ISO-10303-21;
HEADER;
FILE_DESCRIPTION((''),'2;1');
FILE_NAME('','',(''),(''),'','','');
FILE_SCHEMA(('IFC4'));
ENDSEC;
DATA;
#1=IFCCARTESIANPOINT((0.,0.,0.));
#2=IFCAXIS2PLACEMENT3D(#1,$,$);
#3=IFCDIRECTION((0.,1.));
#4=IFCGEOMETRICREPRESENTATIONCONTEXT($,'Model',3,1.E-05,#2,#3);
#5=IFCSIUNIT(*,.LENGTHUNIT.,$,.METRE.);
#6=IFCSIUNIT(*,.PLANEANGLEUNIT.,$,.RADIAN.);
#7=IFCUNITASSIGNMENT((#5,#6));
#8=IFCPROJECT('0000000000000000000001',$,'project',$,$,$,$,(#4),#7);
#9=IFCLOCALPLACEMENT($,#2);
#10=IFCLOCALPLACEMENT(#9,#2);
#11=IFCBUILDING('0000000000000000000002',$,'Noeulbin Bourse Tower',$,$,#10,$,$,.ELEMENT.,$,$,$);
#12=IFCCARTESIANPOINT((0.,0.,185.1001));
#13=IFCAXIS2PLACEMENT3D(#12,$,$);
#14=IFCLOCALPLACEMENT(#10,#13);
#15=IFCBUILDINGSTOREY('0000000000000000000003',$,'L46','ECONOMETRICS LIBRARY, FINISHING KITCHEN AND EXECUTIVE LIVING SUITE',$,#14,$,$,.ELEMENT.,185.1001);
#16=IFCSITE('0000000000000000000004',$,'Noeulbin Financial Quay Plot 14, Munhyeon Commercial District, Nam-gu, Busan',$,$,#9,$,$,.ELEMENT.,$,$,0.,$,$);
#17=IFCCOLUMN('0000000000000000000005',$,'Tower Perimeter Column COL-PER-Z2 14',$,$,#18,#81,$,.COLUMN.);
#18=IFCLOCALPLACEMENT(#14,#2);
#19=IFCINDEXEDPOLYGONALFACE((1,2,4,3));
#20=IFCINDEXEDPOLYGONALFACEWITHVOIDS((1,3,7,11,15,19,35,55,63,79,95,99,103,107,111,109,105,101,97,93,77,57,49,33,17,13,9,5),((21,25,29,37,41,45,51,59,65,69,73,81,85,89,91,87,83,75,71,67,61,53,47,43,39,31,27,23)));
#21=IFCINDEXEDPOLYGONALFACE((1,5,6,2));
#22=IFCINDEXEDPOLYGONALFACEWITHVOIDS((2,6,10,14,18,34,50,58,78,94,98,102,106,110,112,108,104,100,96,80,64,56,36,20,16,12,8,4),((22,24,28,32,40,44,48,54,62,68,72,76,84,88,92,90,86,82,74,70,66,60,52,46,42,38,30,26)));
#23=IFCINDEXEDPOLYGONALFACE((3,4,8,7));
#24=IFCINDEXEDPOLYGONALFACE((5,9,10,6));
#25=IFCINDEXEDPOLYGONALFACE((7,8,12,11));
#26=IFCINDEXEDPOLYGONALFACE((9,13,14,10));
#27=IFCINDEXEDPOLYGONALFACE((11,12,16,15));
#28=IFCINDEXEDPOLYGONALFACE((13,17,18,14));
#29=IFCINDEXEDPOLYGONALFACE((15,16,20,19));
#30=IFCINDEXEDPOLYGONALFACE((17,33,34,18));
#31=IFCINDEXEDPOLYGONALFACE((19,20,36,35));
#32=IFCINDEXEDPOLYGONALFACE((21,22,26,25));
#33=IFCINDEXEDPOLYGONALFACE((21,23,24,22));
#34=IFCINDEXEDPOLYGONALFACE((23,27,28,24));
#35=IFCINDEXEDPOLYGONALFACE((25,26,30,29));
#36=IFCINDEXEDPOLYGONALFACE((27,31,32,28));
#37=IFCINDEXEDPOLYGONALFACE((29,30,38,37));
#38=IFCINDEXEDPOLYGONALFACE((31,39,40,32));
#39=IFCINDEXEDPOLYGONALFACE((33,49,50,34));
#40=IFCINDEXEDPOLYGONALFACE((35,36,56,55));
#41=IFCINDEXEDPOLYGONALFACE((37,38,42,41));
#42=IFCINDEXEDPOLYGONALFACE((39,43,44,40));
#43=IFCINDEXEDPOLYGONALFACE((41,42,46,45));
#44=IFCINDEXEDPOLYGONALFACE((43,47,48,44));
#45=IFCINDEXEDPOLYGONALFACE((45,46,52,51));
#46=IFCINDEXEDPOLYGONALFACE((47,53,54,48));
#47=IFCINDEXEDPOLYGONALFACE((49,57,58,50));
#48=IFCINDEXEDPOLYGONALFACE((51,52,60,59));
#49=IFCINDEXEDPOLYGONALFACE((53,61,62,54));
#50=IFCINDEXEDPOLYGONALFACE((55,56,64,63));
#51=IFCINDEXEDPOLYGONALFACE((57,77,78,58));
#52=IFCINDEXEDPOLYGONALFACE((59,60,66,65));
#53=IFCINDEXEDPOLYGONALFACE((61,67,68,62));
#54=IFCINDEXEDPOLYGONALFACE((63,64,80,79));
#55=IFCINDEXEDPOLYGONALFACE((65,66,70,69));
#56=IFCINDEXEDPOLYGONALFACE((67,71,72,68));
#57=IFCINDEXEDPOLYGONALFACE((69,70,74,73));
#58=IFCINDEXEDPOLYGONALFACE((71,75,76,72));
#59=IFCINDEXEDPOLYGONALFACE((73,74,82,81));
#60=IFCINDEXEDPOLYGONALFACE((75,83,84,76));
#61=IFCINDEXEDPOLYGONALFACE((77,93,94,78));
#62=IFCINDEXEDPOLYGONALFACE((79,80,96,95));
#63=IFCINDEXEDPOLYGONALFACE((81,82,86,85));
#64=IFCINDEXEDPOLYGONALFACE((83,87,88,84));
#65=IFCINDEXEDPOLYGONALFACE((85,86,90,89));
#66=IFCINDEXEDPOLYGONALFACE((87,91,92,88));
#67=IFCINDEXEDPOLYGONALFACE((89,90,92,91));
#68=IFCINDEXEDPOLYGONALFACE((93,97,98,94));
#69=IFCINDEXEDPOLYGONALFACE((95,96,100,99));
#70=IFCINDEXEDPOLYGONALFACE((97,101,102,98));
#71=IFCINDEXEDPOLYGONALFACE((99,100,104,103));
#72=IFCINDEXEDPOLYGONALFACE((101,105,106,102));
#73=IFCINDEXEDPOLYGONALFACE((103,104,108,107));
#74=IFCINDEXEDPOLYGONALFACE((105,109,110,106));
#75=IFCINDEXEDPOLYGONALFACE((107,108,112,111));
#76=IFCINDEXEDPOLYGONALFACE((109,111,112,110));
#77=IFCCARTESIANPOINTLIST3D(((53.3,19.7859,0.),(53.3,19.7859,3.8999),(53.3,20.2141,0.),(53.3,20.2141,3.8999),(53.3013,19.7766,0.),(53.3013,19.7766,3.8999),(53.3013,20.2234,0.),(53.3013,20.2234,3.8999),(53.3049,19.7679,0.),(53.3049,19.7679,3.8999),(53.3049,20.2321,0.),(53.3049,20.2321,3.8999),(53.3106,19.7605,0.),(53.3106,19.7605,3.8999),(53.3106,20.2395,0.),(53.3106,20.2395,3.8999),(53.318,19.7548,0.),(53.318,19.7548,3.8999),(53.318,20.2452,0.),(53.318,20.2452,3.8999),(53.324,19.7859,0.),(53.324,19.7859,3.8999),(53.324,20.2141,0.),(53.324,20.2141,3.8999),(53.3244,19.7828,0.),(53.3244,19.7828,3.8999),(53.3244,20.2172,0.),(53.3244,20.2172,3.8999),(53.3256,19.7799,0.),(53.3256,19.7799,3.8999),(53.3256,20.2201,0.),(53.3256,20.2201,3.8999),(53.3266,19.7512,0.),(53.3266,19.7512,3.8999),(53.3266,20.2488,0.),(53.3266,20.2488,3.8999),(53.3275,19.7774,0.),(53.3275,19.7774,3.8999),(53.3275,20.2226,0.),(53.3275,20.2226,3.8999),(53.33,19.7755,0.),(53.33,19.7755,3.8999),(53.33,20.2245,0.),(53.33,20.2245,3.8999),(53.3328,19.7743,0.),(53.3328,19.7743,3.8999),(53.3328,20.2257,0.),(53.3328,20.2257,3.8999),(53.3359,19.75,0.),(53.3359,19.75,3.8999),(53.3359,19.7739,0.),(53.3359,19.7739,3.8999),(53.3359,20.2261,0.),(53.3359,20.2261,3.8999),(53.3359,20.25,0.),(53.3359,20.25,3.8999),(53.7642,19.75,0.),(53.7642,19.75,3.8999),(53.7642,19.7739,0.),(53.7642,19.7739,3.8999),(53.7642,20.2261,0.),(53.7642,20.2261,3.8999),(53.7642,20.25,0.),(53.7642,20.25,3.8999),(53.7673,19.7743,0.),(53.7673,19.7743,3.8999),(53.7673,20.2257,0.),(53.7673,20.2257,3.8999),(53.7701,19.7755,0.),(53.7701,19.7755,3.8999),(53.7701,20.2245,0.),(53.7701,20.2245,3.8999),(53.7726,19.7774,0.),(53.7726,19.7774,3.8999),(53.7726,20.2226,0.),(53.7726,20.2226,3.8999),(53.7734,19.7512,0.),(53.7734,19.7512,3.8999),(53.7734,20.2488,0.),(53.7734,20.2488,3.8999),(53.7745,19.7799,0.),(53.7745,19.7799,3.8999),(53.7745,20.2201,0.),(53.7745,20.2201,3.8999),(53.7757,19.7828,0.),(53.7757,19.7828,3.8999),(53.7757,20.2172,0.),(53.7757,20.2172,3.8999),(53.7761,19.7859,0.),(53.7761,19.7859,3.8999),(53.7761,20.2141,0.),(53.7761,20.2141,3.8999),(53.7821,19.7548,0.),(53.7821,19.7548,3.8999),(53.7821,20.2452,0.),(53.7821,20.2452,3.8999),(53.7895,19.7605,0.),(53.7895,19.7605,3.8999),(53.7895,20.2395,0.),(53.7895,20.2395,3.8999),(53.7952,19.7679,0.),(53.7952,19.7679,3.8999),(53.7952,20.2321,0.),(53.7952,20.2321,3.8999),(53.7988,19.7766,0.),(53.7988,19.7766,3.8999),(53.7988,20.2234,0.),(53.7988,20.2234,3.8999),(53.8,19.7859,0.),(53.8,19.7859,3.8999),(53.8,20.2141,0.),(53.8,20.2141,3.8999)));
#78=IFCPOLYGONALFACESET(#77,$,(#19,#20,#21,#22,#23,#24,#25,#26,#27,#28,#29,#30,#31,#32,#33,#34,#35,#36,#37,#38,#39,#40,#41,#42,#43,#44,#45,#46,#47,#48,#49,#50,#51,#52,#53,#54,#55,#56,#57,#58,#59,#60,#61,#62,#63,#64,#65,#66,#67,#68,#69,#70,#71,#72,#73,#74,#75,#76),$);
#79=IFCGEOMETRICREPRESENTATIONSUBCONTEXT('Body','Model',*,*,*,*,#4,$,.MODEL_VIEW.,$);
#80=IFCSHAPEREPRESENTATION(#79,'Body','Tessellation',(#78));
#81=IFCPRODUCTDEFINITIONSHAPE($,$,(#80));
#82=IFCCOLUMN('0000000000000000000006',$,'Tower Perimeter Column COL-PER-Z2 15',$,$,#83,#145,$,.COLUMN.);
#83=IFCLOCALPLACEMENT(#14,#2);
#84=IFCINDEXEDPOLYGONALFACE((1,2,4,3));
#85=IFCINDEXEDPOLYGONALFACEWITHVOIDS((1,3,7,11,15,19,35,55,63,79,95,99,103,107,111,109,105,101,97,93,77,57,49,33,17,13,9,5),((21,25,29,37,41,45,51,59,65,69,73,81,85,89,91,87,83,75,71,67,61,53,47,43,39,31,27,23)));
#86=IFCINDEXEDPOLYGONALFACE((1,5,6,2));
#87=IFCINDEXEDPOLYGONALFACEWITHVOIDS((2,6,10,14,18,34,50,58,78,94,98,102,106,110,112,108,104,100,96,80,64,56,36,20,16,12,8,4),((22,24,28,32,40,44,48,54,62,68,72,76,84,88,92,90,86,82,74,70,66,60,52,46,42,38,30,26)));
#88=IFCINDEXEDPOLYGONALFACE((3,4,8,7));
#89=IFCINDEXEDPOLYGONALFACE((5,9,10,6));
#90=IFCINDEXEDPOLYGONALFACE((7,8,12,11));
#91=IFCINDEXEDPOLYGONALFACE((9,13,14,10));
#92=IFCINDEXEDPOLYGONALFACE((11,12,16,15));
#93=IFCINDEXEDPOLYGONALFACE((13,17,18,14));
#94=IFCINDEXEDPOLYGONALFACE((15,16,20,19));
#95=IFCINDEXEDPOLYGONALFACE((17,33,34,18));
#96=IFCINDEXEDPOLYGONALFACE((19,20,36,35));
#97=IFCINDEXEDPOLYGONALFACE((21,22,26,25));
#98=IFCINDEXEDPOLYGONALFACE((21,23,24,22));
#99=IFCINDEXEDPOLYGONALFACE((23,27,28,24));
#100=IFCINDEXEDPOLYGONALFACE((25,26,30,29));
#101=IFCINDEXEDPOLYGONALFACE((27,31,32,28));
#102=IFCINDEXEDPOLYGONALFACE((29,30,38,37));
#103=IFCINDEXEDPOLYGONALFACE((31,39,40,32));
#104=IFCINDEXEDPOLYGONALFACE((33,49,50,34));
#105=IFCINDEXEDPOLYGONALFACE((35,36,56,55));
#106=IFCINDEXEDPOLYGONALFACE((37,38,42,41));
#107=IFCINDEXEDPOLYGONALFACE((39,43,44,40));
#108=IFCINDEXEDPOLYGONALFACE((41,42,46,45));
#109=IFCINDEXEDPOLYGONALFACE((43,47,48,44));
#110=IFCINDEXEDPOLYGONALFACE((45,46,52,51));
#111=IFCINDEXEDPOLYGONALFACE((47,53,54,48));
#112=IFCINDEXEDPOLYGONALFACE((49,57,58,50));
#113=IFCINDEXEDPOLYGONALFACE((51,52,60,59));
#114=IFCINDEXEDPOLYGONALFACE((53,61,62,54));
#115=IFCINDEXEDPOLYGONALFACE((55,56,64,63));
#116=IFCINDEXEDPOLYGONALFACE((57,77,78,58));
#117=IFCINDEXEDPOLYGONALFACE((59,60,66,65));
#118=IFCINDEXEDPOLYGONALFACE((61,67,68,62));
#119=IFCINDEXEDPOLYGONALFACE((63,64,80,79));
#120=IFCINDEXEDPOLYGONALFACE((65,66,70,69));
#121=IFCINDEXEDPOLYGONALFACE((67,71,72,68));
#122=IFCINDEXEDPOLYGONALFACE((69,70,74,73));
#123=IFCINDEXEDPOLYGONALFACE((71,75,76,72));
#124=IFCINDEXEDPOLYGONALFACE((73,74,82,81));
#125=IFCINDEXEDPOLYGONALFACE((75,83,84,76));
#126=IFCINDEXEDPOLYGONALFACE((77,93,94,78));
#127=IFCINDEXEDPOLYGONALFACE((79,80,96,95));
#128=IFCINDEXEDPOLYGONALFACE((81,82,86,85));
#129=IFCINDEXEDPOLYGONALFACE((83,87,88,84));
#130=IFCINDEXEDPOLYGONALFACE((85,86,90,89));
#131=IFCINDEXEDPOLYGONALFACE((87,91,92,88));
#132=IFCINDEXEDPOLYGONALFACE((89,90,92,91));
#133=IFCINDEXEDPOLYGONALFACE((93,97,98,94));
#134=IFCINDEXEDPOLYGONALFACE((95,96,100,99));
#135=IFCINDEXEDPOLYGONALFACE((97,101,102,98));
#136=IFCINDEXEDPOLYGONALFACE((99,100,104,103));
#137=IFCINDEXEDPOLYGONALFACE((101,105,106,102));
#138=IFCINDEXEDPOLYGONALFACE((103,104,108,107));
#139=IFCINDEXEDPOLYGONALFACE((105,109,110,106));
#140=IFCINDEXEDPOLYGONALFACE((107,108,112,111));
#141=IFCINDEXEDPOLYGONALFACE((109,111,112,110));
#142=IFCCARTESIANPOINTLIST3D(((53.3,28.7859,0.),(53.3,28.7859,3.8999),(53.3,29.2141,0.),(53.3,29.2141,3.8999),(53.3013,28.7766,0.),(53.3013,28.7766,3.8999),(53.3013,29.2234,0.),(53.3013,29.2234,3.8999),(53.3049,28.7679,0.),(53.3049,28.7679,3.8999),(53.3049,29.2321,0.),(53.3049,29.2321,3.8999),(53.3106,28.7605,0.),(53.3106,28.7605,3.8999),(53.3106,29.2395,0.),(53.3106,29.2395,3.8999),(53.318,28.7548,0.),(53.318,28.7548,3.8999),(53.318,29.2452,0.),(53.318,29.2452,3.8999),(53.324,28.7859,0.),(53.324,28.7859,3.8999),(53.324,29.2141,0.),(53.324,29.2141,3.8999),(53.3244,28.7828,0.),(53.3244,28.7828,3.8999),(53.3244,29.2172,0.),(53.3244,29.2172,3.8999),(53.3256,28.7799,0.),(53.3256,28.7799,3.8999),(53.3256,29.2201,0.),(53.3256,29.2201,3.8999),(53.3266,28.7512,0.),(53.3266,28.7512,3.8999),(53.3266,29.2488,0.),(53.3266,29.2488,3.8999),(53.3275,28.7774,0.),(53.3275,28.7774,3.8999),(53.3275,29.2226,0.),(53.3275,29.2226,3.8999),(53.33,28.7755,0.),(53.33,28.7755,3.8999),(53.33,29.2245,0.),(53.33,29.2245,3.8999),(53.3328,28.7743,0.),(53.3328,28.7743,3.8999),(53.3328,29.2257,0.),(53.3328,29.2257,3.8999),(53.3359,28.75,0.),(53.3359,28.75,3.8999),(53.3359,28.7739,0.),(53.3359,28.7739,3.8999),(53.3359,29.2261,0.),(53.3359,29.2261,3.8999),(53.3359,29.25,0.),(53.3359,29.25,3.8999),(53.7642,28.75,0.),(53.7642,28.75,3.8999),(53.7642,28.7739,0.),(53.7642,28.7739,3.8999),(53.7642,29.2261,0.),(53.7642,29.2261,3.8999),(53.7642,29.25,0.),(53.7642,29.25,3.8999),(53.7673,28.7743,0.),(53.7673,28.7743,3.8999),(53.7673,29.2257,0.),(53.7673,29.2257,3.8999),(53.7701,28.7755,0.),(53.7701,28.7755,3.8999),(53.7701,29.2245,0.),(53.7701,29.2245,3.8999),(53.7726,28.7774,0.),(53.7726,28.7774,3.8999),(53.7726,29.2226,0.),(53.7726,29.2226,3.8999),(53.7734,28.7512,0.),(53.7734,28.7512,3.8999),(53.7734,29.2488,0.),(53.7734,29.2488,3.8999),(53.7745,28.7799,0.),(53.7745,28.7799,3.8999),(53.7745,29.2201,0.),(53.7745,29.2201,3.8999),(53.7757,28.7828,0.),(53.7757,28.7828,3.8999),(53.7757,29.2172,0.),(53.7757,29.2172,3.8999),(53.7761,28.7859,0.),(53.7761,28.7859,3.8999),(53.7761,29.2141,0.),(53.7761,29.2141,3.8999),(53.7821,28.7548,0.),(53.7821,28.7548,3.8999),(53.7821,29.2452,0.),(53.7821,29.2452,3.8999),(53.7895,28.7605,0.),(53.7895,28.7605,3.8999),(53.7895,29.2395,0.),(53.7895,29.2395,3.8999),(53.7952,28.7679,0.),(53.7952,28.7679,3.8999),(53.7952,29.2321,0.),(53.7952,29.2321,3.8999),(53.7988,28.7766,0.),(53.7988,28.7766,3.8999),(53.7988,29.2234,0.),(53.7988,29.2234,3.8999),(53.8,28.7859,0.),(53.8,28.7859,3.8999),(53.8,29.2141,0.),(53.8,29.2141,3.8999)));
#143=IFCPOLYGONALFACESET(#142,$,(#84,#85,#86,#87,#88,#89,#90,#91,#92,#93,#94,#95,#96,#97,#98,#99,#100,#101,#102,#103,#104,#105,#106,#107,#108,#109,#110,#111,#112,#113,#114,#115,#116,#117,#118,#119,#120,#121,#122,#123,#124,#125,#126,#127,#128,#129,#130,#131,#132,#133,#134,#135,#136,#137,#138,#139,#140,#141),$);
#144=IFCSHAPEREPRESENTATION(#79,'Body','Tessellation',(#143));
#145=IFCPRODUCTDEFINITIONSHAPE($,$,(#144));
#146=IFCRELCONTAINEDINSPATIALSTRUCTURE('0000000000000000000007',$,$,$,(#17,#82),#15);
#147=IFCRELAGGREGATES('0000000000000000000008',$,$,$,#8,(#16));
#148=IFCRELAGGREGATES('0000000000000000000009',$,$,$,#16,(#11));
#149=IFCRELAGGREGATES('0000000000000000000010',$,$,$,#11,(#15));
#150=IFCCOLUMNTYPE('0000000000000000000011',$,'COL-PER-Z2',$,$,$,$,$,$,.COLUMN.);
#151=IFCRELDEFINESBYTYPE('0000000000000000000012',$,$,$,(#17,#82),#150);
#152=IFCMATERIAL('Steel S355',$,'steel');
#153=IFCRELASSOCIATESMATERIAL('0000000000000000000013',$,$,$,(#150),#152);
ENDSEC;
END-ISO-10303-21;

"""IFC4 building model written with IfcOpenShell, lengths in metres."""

from ifc_helpers import new_model, si_unit, direction, frame, origin, origin_2d, place, context, subcontext, project, spatial, hollow_rectangle, extrude, material, material_profile, profile_set, type_object, element, save


model = new_model("IFC4")

# Units and contexts
model_context = context("Model", 3, precision=1e-05, world=origin(), true_north=direction((0.0, 1.0)))
body_context = subcontext(model_context, "Body", "Model", "MODEL_VIEW")
ifc_project = project(units=[si_unit("LENGTHUNIT", "METRE"), si_unit("PLANEANGLEUNIT", "RADIAN")], contexts=[model_context])

# Site, building, storey
site_placement = place(None, origin())
site = spatial("IfcSite", under=ifc_project, at=site_placement, Name="Noeulbin Financial Quay Plot 14, Munhyeon Commercial District, Nam-gu, Busan", CompositionType="ELEMENT", RefElevation=0.0)
building_placement = place(site_placement, origin())
building = spatial("IfcBuilding", under=site, at=building_placement, Name="Noeulbin Bourse Tower", CompositionType="ELEMENT")
storey_placement = place(building_placement, frame((0.0, 0.0, 185.1001)))
storey = spatial("IfcBuildingStorey", under=building, at=storey_placement, Name="L46", Description="ECONOMETRICS LIBRARY, FINISHING KITCHEN AND EXECUTIVE LIVING SUITE", CompositionType="ELEMENT", Elevation=185.1001)

# Columns
ifc_material_1 = material(Name="Steel S355", Category="steel")
ifc_material_profile_1 = material_profile(ifc_material_1, hollow_rectangle(XDim=0.5, YDim=0.5, WallThickness=0.0239, InnerFilletRadius=0.012, OuterFilletRadius=0.0359, at=origin_2d()), Name="BOX-500x500x24", Category="LoadBearing")
ifc_profile_set_1 = profile_set([ifc_material_profile_1], Name="Steel S355")
column_type_1 = type_object("IfcColumnType", Name="COL-PER-Z2", PredefinedType="COLUMN", material=ifc_profile_set_1)
for number, where, z_axis, x_axis, name in (
    (1, (53.55, 20.0, 0.0), (0.0, 0.0, 1.0), (1.0, 0.0, 0.0), "Tower Perimeter Column COL-PER-Z2 14"),
    (2, (53.55, 29.0, 0.0), (0.0, 0.0, 1.0), (1.0, 0.0, 0.0), "Tower Perimeter Column COL-PER-Z2 15"),
):
    element("IfcColumn", number, at=place(storey_placement, frame(where, z_axis=z_axis, x_axis=x_axis)), inside=storey, type_object=column_type_1, Name=name, PredefinedType="COLUMN", context=body_context, shape_type="SweptSolid", body=[
        extrude(hollow_rectangle(XDim=0.5, YDim=0.5, WallThickness=0.0239, InnerFilletRadius=0.012, OuterFilletRadius=0.0359, at=origin_2d()), origin(), (0.0, 0.0, 1.0), 3.8999),
    ])

save(model, "model.ifc")
